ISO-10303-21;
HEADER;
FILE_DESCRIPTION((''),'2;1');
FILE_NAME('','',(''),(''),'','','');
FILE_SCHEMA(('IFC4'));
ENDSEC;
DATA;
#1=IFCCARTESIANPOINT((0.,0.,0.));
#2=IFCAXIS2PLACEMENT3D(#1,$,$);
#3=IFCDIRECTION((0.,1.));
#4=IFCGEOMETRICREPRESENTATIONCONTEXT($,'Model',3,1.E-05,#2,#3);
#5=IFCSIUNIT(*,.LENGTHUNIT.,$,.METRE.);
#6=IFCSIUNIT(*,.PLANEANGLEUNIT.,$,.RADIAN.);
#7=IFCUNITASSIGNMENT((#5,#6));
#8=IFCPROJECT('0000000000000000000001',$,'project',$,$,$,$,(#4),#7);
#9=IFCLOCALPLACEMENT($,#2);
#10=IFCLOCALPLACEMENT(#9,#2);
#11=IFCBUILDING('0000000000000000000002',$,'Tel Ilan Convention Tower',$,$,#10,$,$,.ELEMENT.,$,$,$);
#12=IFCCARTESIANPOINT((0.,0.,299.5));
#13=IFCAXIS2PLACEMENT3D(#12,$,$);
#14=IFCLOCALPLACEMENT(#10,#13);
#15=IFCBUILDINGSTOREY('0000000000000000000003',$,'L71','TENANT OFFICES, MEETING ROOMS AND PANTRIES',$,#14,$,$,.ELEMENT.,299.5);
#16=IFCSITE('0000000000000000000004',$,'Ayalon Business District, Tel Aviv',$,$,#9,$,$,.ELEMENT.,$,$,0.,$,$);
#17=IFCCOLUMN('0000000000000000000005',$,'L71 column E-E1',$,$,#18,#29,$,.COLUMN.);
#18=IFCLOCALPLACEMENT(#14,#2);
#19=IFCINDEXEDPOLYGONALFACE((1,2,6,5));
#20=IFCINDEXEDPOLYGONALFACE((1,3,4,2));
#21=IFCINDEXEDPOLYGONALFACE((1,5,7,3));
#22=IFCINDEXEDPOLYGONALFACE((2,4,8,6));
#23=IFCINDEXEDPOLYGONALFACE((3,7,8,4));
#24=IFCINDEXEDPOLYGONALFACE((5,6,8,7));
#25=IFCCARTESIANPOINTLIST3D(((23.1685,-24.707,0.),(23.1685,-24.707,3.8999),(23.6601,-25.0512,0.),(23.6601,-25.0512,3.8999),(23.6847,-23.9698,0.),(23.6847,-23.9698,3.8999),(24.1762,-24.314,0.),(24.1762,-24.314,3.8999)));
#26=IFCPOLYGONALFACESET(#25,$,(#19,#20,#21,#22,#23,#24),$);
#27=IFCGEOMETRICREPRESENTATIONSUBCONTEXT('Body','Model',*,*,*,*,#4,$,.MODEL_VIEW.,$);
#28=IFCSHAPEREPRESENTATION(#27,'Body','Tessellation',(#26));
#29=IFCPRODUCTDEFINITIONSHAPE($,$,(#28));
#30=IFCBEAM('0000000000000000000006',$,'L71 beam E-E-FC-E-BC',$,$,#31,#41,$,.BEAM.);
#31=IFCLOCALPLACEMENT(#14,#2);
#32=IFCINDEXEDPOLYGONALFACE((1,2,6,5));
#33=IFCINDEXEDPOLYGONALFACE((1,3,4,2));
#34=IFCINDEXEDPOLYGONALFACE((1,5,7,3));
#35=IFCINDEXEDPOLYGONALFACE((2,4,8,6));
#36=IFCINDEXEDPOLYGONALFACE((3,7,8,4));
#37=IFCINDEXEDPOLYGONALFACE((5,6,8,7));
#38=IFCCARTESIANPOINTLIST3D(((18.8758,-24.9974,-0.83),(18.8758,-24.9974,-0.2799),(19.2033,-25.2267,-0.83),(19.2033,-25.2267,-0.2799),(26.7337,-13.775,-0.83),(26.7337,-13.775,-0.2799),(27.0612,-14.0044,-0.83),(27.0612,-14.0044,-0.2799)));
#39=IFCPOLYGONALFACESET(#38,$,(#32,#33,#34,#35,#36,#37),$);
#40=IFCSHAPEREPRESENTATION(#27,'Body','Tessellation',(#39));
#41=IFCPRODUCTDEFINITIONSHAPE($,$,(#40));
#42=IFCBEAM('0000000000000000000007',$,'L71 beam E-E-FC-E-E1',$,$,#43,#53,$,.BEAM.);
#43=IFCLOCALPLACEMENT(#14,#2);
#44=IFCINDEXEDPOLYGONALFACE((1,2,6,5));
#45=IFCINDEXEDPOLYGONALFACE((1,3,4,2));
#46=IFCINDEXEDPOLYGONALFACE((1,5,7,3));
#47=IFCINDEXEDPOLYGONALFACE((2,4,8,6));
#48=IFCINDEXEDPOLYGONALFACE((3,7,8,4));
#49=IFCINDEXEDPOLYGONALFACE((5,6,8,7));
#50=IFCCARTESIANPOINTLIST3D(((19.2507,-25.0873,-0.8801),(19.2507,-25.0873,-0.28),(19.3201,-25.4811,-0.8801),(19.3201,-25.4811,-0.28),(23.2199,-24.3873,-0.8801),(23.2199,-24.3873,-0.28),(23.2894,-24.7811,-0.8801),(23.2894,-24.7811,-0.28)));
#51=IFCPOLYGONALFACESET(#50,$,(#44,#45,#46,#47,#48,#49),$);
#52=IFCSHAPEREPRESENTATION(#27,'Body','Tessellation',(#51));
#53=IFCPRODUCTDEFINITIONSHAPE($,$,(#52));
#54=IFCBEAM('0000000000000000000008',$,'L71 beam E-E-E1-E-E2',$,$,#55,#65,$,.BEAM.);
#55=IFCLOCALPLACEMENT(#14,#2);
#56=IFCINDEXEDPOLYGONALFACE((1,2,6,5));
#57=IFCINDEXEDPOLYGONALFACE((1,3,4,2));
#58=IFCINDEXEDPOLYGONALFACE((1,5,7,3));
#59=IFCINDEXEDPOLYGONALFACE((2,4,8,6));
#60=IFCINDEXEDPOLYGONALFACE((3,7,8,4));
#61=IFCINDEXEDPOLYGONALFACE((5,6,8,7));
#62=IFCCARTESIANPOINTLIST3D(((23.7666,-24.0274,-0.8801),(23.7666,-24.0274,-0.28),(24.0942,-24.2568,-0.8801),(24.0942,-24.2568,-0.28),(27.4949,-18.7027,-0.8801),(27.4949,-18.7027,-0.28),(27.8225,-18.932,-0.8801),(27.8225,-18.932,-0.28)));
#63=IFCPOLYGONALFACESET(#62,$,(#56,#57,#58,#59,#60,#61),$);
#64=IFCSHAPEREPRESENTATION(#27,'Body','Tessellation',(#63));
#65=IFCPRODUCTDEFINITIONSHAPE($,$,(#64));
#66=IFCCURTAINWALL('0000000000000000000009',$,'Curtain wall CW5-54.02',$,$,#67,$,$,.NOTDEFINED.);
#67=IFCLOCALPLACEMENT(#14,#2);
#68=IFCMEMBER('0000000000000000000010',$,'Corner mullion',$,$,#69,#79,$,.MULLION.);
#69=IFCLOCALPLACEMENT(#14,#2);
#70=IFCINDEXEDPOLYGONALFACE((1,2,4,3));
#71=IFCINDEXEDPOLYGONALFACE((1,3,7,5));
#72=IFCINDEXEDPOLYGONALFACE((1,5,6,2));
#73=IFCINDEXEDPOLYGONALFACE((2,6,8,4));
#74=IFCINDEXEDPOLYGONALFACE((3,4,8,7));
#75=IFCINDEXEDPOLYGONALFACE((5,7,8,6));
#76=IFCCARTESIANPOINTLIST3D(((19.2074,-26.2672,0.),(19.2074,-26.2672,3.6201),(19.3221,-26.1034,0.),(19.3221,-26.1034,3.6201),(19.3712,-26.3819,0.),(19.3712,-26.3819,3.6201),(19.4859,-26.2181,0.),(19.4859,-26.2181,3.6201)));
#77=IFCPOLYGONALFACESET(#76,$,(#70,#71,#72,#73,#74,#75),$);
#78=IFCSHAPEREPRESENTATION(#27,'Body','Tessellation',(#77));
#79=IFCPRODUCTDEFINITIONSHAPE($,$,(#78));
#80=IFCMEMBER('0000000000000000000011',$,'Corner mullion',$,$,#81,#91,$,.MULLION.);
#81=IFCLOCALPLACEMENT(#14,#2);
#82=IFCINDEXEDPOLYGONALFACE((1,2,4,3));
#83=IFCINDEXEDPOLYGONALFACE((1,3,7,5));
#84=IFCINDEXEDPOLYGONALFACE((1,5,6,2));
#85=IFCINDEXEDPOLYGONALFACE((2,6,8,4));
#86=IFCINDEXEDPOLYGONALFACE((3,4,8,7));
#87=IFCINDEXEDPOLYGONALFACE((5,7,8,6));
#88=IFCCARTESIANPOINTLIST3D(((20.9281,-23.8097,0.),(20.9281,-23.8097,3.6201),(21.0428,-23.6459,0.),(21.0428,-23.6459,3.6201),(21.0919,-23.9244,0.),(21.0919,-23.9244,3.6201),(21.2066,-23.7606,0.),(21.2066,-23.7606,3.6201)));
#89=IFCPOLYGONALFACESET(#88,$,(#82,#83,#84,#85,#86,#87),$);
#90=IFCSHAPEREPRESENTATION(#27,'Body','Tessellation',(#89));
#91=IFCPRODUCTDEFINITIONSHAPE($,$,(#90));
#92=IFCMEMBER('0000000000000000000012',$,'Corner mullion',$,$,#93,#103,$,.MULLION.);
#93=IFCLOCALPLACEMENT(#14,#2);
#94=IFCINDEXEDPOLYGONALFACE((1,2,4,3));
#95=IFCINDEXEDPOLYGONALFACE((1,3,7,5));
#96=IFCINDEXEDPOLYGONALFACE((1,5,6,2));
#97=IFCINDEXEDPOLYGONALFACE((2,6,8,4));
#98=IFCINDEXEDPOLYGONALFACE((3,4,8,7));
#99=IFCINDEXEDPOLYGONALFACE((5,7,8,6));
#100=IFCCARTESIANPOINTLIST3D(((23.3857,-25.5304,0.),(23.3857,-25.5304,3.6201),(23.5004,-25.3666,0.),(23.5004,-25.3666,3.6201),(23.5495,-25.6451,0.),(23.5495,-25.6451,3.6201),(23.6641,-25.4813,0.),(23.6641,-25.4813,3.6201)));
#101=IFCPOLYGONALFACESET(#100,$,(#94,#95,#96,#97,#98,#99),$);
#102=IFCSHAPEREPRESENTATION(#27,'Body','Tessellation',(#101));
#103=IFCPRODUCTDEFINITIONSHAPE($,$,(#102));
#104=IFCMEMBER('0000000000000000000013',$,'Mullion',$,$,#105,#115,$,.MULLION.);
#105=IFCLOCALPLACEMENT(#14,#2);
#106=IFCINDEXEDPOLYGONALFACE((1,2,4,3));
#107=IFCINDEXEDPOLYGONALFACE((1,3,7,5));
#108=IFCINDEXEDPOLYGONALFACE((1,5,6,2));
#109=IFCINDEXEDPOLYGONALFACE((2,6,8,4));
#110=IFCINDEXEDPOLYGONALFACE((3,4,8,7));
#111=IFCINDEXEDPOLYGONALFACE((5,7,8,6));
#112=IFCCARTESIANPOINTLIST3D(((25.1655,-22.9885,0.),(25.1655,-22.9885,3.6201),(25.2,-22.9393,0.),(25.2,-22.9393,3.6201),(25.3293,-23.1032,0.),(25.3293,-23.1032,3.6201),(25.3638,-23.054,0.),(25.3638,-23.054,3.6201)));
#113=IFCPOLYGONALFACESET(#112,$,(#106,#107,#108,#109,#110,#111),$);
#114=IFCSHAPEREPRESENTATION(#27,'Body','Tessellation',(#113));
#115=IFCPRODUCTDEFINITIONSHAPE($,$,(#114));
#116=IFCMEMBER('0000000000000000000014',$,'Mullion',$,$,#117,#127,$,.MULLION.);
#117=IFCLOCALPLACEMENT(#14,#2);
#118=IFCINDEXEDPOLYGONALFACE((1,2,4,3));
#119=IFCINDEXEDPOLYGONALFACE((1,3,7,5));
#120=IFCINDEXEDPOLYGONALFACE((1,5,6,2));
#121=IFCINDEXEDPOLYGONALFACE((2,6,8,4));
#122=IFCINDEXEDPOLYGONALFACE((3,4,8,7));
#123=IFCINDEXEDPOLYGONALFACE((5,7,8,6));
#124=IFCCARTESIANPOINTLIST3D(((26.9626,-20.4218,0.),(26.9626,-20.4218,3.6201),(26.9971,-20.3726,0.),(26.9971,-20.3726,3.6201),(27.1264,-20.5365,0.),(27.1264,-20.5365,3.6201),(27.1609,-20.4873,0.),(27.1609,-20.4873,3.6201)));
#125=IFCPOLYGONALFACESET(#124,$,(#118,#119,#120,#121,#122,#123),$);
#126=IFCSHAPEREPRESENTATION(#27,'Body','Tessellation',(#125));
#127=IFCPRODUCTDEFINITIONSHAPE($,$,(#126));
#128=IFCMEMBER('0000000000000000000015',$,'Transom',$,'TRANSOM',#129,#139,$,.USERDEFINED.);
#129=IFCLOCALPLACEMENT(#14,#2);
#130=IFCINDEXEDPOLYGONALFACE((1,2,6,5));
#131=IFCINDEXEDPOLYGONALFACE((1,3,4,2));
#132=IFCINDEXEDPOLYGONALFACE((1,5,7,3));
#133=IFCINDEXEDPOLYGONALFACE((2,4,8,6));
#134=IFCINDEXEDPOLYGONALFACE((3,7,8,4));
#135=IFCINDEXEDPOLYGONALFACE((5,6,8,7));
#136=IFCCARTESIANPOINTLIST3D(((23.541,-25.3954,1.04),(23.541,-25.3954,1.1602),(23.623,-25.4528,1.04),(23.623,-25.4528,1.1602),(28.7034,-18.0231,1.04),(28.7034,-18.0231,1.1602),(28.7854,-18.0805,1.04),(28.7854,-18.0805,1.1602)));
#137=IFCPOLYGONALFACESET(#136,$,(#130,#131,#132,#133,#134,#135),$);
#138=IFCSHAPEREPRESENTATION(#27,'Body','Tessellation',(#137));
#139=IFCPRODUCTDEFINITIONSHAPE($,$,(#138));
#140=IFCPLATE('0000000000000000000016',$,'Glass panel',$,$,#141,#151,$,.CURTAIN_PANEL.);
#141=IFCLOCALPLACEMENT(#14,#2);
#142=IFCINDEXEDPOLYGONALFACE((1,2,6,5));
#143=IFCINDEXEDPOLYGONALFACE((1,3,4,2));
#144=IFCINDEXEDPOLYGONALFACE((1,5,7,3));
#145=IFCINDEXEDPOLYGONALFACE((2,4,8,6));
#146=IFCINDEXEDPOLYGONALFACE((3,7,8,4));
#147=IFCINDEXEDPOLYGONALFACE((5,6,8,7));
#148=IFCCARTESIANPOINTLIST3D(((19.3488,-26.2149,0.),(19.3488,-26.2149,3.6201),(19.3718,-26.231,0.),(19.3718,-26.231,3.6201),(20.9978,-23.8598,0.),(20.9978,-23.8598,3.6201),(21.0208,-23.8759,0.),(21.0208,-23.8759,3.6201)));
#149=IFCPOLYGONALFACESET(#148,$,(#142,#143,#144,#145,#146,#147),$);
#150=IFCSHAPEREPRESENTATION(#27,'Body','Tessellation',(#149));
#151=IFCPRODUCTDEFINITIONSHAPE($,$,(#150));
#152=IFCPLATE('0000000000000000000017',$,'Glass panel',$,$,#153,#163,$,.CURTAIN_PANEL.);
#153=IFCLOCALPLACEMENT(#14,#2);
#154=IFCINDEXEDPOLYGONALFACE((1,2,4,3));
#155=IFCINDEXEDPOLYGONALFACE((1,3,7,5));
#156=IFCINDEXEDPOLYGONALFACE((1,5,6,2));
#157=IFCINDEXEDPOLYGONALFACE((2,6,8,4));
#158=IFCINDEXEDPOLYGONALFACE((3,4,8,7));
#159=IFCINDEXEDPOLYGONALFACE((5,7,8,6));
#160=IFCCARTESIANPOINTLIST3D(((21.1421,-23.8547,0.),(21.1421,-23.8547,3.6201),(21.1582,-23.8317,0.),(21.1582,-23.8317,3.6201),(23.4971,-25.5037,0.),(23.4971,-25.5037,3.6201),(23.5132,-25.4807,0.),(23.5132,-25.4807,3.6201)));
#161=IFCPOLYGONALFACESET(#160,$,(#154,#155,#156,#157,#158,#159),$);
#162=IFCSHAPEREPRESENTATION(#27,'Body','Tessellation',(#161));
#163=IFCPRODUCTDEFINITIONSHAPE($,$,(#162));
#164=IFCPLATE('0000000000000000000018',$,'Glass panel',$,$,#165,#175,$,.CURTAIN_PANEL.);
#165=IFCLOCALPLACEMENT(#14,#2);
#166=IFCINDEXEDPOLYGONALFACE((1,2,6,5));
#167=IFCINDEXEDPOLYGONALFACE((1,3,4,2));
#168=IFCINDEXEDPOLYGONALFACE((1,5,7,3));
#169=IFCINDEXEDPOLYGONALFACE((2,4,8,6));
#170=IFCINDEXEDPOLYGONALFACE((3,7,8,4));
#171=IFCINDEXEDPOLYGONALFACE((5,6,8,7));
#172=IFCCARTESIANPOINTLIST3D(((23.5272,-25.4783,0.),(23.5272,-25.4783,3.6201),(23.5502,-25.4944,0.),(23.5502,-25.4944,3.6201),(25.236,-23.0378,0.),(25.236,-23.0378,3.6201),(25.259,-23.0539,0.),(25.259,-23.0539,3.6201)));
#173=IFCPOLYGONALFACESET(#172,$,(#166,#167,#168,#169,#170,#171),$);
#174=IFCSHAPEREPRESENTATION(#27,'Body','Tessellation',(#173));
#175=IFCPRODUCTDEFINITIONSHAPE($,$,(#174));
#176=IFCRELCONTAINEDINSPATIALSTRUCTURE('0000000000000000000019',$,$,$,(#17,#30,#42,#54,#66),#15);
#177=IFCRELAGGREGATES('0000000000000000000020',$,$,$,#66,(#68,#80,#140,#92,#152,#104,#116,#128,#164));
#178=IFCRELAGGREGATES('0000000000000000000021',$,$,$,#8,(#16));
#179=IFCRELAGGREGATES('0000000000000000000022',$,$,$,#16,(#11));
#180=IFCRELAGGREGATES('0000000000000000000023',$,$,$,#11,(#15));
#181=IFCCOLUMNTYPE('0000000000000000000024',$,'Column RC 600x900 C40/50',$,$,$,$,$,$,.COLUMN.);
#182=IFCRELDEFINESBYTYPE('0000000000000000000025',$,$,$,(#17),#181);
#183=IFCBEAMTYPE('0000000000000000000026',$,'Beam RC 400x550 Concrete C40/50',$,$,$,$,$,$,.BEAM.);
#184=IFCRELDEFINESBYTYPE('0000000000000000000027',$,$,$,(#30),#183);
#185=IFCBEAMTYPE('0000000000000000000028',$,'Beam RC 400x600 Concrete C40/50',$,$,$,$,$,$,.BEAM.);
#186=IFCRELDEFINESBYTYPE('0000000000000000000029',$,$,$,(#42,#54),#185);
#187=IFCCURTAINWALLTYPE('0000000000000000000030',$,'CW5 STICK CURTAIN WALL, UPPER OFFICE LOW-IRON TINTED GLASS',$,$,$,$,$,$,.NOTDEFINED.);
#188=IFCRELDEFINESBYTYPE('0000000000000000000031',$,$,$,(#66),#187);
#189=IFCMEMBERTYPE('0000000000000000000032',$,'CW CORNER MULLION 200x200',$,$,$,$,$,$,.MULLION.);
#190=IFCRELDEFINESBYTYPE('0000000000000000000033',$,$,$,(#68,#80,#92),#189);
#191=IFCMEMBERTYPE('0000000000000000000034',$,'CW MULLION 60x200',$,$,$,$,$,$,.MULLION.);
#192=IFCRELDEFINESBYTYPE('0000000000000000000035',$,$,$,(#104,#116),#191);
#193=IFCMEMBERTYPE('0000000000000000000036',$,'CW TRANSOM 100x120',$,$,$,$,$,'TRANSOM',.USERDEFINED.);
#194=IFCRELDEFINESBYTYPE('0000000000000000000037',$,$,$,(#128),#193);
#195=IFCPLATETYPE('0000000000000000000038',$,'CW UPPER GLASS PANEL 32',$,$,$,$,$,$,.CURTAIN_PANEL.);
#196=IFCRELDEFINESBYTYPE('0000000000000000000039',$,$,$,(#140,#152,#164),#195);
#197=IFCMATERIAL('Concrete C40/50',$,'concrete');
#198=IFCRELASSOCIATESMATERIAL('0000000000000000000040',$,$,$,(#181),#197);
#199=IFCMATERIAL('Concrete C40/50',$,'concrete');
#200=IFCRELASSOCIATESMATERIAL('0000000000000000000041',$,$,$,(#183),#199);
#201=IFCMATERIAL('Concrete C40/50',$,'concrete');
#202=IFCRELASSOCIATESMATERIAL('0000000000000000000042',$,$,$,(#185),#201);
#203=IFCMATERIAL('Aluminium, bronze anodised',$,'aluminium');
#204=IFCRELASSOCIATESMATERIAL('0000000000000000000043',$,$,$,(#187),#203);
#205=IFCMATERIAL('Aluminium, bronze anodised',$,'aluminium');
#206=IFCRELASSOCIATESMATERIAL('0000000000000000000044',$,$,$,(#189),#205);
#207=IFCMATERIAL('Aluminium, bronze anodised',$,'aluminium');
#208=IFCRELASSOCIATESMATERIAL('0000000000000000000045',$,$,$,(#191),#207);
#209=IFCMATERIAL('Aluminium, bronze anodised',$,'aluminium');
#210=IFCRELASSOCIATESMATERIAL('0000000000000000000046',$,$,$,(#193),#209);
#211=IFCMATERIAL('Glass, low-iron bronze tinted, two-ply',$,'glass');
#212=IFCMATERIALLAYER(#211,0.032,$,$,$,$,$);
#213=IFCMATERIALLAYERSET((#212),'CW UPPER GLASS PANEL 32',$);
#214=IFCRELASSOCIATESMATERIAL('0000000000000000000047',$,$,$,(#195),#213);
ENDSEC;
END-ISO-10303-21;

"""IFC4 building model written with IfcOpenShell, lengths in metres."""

from ifc_helpers import new_model, si_unit, direction, frame, origin, origin_2d, place, context, subcontext, project, spatial, rectangle, extrude, material, layer, layer_set, material_profile, profile_set, type_object, element, aggregate, save


model = new_model("IFC4")

# Units and contexts
model_context = context("Model", 3, precision=1e-05, world=origin(), true_north=direction((0.0, 1.0)))
body_context = subcontext(model_context, "Body", "Model", "MODEL_VIEW")
ifc_project = project(units=[si_unit("LENGTHUNIT", "METRE"), si_unit("PLANEANGLEUNIT", "RADIAN")], contexts=[model_context])

# Site, building, storey
site_placement = place(None, origin())
site = spatial("IfcSite", under=ifc_project, at=site_placement, Name="Ayalon Business District, Tel Aviv", CompositionType="ELEMENT", RefElevation=0.0)
building_placement = place(site_placement, origin())
building = spatial("IfcBuilding", under=site, at=building_placement, Name="Tel Ilan Convention Tower", CompositionType="ELEMENT")
storey_placement = place(building_placement, frame((0.0, 0.0, 299.5)))
storey = spatial("IfcBuildingStorey", under=building, at=storey_placement, Name="L71", Description="TENANT OFFICES, MEETING ROOMS AND PANTRIES", CompositionType="ELEMENT", Elevation=299.5)

# Column
ifc_material_1 = material(Name="Concrete C40/50", Category="concrete")
ifc_material_profile_1 = material_profile(ifc_material_1, rectangle(XDim=0.8999, YDim=0.6001, at=origin_2d()), Name="RC 600x900")
ifc_profile_set_1 = profile_set([ifc_material_profile_1], Name="Concrete C40/50")
column_type = type_object("IfcColumnType", Name="Column RC 600x900 C40/50", PredefinedType="COLUMN", material=ifc_profile_set_1)
column_placement = place(storey_placement, frame((23.6724, -24.5105, 0.0), z_axis=(0.0, 0.0, 1.0), x_axis=(0.573576, 0.819152, 0.0)))
element("IfcColumn", 1, at=column_placement, inside=storey, type_object=column_type, Name="L71 column E-E1", PredefinedType="COLUMN", context=body_context, shape_type="SweptSolid", body=[
    extrude(rectangle(XDim=0.8999, YDim=0.6001, at=origin_2d()), origin(), (0.0, 0.0, 1.0), 3.8999),
])

# Beams
ifc_material_2 = material(Name="Concrete C40/50", Category="concrete")
ifc_material_profile_2 = material_profile(ifc_material_2, rectangle(XDim=0.3999, YDim=0.55, at=origin_2d()), Name="RC 400x550")
ifc_profile_set_2 = profile_set([ifc_material_profile_2], Name="Concrete C40/50")
beam_type_1 = type_object("IfcBeamType", Name="Beam RC 400x550 Concrete C40/50", PredefinedType="BEAM", material=ifc_profile_set_2)
beam_1_placement = place(storey_placement, frame((19.0396, -25.1121, -0.5549), z_axis=(0.573571, 0.819156, 0.0), x_axis=(-0.819156, 0.573571, 0.0)))
element("IfcBeam", 2, at=beam_1_placement, inside=storey, type_object=beam_type_1, Name="L71 beam E-E-FC-E-BC", PredefinedType="BEAM", context=body_context, shape_type="SweptSolid", body=[
    extrude(rectangle(XDim=0.3999, YDim=0.55, at=origin_2d()), origin(), (0.0, 0.0, 1.0), 13.7),
])
ifc_material_3 = material(Name="Concrete C40/50", Category="concrete")
ifc_material_profile_3 = material_profile(ifc_material_3, rectangle(XDim=0.3999, YDim=0.6001, at=origin_2d()), Name="RC 400x600")
ifc_profile_set_3 = profile_set([ifc_material_profile_3], Name="Concrete C40/50")
beam_type_2 = type_object("IfcBeamType", Name="Beam RC 400x600 Concrete C40/50", PredefinedType="BEAM", material=ifc_profile_set_3)
beam_2_placement = place(storey_placement, frame((19.2854, -25.2842, -0.5801), z_axis=(0.984805, 0.173664, 0.0), x_axis=(-0.173664, 0.984805, 0.0)))
element("IfcBeam", 3, at=beam_2_placement, inside=storey, type_object=beam_type_2, Name="L71 beam E-E-FC-E-E1", PredefinedType="BEAM", context=body_context, shape_type="SweptSolid", body=[
    extrude(rectangle(XDim=0.3999, YDim=0.6001, at=origin_2d()), origin(), (0.0, 0.0, 1.0), 4.0305),
])
beam_3_placement = place(storey_placement, frame((23.9304, -24.1421, -0.5801), z_axis=(0.573563, 0.819161, 0.0), x_axis=(-0.819161, 0.573563, 0.0)))
element("IfcBeam", 4, at=beam_3_placement, inside=storey, type_object=beam_type_2, Name="L71 beam E-E-E1-E-E2", PredefinedType="BEAM", context=body_context, shape_type="SweptSolid", body=[
    extrude(rectangle(XDim=0.3999, YDim=0.6001, at=origin_2d()), origin(), (0.0, 0.0, 1.0), 6.5002),
])

# Curtain wall, members, plates
ifc_material_4 = material(Name="Aluminium, bronze anodised", Category="aluminium")
curtain_wall_type = type_object("IfcCurtainWallType", Name="CW5 STICK CURTAIN WALL, UPPER OFFICE LOW-IRON TINTED GLASS", PredefinedType="NOTDEFINED", material=ifc_material_4)
curtain_wall_placement = place(storey_placement, origin())
curtain_wall = element("IfcCurtainWall", 5, at=curtain_wall_placement, inside=storey, type_object=curtain_wall_type, Name="Curtain wall CW5-54.02", PredefinedType="NOTDEFINED")
ifc_material_5 = material(Name="Aluminium, bronze anodised", Category="aluminium")
ifc_material_profile_4 = material_profile(ifc_material_5, rectangle(XDim=0.2, YDim=0.2, at=origin_2d()), Name="CW CORNER MULLION 200x200")
ifc_profile_set_4 = profile_set([ifc_material_profile_4], Name="Aluminium, bronze anodised")
member_type_1 = type_object("IfcMemberType", Name="CW CORNER MULLION 200x200", PredefinedType="MULLION", material=ifc_profile_set_4)
member_1_placement = place(storey_placement, frame((19.3467, -26.2427, 0.0), z_axis=(0.0, 0.0, 1.0), x_axis=(0.819152, -0.573576, 0.0)))
member_1 = element("IfcMember", 6, at=member_1_placement, type_object=member_type_1, Name="Corner mullion", PredefinedType="MULLION", context=body_context, shape_type="SweptSolid", body=[
    extrude(rectangle(XDim=0.2, YDim=0.2, at=origin_2d()), origin(), (0.0, 0.0, 1.0), 3.6201),
])
member_2_placement = place(storey_placement, frame((21.0674, -23.7852, 0.0), z_axis=(0.0, 0.0, 1.0), x_axis=(0.573576, 0.819152, 0.0)))
member_2 = element("IfcMember", 7, at=member_2_placement, type_object=member_type_1, Name="Corner mullion", PredefinedType="MULLION", context=body_context, shape_type="SweptSolid", body=[
    extrude(rectangle(XDim=0.2, YDim=0.2, at=origin_2d()), origin(), (0.0, 0.0, 1.0), 3.6201),
])
member_3_placement = place(storey_placement, frame((23.5249, -25.5059, 0.0), z_axis=(0.0, 0.0, 1.0), x_axis=(0.819152, -0.573576, 0.0)))
member_3 = element("IfcMember", 8, at=member_3_placement, type_object=member_type_1, Name="Corner mullion", PredefinedType="MULLION", context=body_context, shape_type="SweptSolid", body=[
    extrude(rectangle(XDim=0.2, YDim=0.2, at=origin_2d()), origin(), (0.0, 0.0, 1.0), 3.6201),
])
ifc_material_6 = material(Name="Aluminium, bronze anodised", Category="aluminium")
ifc_material_profile_5 = material_profile(ifc_material_6, rectangle(XDim=0.0601, YDim=0.2, at=origin_2d()), Name="CW MULLION 60x200")
ifc_profile_set_5 = profile_set([ifc_material_profile_5], Name="Aluminium, bronze anodised")
member_type_2 = type_object("IfcMemberType", Name="CW MULLION 60x200", PredefinedType="MULLION", material=ifc_profile_set_5)
member_4_placement = place(storey_placement, frame((25.2646, -23.0212, 0.0), z_axis=(0.0, 0.0, 1.0), x_axis=(0.573576, 0.819152, 0.0)))
member_4 = element("IfcMember", 9, at=member_4_placement, type_object=member_type_2, Name="Mullion", PredefinedType="MULLION", context=body_context, shape_type="SweptSolid", body=[
    extrude(rectangle(XDim=0.0601, YDim=0.2, at=origin_2d()), origin(), (0.0, 0.0, 1.0), 3.6201),
])
member_5_placement = place(storey_placement, frame((27.0618, -20.4546, 0.0), z_axis=(0.0, 0.0, 1.0), x_axis=(0.573576, 0.819152, 0.0)))
member_5 = element("IfcMember", 10, at=member_5_placement, type_object=member_type_2, Name="Mullion", PredefinedType="MULLION", context=body_context, shape_type="SweptSolid", body=[
    extrude(rectangle(XDim=0.0601, YDim=0.2, at=origin_2d()), origin(), (0.0, 0.0, 1.0), 3.6201),
])
ifc_material_7 = material(Name="Aluminium, bronze anodised", Category="aluminium")
ifc_material_profile_6 = material_profile(ifc_material_7, rectangle(XDim=0.1001, YDim=0.1201, at=origin_2d()), Name="CW TRANSOM 100x120")
ifc_profile_set_6 = profile_set([ifc_material_profile_6], Name="Aluminium, bronze anodised")
member_type_3 = type_object("IfcMemberType", Name="CW TRANSOM 100x120", ElementType="TRANSOM", PredefinedType="USERDEFINED", material=ifc_profile_set_6)
member_6_placement = place(storey_placement, frame((23.582, -25.4241, 1.1001), z_axis=(0.573592, 0.819141, 0.0), x_axis=(-0.819141, 0.573592, 0.0)))
member_6 = element("IfcMember", 11, at=member_6_placement, type_object=member_type_3, Name="Transom", ObjectType="TRANSOM", PredefinedType="USERDEFINED", context=body_context, shape_type="SweptSolid", body=[
    extrude(rectangle(XDim=0.1001, YDim=0.1201, at=origin_2d()), origin(), (0.0, 0.0, 1.0), 9.0),
])
ifc_material_8 = material(Name="Glass, low-iron bronze tinted, two-ply", Category="glass")
ifc_layer_1 = layer(ifc_material_8, 0.032)
ifc_layer_set_1 = layer_set([ifc_layer_1], Name="CW UPPER GLASS PANEL 32")
plate_type = type_object("IfcPlateType", Name="CW UPPER GLASS PANEL 32", PredefinedType="CURTAIN_PANEL", material=ifc_layer_set_1)
plate_1_placement = place(storey_placement, frame((20.1848, -25.0454, 0.0), z_axis=(0.0, 0.0, 1.0), x_axis=(0.573576, 0.819152, 0.0)))
plate_1 = element("IfcPlate", 12, at=plate_1_placement, type_object=plate_type, Name="Glass panel", PredefinedType="CURTAIN_PANEL", context=body_context, shape_type="SweptSolid", body=[
    extrude(rectangle(XDim=2.875, YDim=0.0281, at=origin_2d()), origin(), (0.0, 0.0, 1.0), 3.6201),
])
plate_2_placement = place(storey_placement, frame((22.3276, -24.6677, 0.0), z_axis=(0.0, 0.0, 1.0), x_axis=(0.819152, -0.573576, 0.0)))
plate_2 = element("IfcPlate", 13, at=plate_2_placement, type_object=plate_type, Name="Glass panel", PredefinedType="CURTAIN_PANEL", context=body_context, shape_type="SweptSolid", body=[
    extrude(rectangle(XDim=2.875, YDim=0.0281, at=origin_2d()), origin(), (0.0, 0.0, 1.0), 3.6201),
])
plate_3_placement = place(storey_placement, frame((24.3931, -24.2661, 0.0), z_axis=(0.0, 0.0, 1.0), x_axis=(0.573576, 0.819152, 0.0)))
plate_3 = element("IfcPlate", 14, at=plate_3_placement, type_object=plate_type, Name="Glass panel", PredefinedType="CURTAIN_PANEL", context=body_context, shape_type="SweptSolid", body=[
    extrude(rectangle(XDim=2.9792, YDim=0.0281, at=origin_2d()), origin(), (0.0, 0.0, 1.0), 3.6201),
])
aggregate(curtain_wall, [member_1, member_2, plate_1, member_3, plate_2, member_4, member_5, member_6, plate_3])

save(model, "model.ifc")
